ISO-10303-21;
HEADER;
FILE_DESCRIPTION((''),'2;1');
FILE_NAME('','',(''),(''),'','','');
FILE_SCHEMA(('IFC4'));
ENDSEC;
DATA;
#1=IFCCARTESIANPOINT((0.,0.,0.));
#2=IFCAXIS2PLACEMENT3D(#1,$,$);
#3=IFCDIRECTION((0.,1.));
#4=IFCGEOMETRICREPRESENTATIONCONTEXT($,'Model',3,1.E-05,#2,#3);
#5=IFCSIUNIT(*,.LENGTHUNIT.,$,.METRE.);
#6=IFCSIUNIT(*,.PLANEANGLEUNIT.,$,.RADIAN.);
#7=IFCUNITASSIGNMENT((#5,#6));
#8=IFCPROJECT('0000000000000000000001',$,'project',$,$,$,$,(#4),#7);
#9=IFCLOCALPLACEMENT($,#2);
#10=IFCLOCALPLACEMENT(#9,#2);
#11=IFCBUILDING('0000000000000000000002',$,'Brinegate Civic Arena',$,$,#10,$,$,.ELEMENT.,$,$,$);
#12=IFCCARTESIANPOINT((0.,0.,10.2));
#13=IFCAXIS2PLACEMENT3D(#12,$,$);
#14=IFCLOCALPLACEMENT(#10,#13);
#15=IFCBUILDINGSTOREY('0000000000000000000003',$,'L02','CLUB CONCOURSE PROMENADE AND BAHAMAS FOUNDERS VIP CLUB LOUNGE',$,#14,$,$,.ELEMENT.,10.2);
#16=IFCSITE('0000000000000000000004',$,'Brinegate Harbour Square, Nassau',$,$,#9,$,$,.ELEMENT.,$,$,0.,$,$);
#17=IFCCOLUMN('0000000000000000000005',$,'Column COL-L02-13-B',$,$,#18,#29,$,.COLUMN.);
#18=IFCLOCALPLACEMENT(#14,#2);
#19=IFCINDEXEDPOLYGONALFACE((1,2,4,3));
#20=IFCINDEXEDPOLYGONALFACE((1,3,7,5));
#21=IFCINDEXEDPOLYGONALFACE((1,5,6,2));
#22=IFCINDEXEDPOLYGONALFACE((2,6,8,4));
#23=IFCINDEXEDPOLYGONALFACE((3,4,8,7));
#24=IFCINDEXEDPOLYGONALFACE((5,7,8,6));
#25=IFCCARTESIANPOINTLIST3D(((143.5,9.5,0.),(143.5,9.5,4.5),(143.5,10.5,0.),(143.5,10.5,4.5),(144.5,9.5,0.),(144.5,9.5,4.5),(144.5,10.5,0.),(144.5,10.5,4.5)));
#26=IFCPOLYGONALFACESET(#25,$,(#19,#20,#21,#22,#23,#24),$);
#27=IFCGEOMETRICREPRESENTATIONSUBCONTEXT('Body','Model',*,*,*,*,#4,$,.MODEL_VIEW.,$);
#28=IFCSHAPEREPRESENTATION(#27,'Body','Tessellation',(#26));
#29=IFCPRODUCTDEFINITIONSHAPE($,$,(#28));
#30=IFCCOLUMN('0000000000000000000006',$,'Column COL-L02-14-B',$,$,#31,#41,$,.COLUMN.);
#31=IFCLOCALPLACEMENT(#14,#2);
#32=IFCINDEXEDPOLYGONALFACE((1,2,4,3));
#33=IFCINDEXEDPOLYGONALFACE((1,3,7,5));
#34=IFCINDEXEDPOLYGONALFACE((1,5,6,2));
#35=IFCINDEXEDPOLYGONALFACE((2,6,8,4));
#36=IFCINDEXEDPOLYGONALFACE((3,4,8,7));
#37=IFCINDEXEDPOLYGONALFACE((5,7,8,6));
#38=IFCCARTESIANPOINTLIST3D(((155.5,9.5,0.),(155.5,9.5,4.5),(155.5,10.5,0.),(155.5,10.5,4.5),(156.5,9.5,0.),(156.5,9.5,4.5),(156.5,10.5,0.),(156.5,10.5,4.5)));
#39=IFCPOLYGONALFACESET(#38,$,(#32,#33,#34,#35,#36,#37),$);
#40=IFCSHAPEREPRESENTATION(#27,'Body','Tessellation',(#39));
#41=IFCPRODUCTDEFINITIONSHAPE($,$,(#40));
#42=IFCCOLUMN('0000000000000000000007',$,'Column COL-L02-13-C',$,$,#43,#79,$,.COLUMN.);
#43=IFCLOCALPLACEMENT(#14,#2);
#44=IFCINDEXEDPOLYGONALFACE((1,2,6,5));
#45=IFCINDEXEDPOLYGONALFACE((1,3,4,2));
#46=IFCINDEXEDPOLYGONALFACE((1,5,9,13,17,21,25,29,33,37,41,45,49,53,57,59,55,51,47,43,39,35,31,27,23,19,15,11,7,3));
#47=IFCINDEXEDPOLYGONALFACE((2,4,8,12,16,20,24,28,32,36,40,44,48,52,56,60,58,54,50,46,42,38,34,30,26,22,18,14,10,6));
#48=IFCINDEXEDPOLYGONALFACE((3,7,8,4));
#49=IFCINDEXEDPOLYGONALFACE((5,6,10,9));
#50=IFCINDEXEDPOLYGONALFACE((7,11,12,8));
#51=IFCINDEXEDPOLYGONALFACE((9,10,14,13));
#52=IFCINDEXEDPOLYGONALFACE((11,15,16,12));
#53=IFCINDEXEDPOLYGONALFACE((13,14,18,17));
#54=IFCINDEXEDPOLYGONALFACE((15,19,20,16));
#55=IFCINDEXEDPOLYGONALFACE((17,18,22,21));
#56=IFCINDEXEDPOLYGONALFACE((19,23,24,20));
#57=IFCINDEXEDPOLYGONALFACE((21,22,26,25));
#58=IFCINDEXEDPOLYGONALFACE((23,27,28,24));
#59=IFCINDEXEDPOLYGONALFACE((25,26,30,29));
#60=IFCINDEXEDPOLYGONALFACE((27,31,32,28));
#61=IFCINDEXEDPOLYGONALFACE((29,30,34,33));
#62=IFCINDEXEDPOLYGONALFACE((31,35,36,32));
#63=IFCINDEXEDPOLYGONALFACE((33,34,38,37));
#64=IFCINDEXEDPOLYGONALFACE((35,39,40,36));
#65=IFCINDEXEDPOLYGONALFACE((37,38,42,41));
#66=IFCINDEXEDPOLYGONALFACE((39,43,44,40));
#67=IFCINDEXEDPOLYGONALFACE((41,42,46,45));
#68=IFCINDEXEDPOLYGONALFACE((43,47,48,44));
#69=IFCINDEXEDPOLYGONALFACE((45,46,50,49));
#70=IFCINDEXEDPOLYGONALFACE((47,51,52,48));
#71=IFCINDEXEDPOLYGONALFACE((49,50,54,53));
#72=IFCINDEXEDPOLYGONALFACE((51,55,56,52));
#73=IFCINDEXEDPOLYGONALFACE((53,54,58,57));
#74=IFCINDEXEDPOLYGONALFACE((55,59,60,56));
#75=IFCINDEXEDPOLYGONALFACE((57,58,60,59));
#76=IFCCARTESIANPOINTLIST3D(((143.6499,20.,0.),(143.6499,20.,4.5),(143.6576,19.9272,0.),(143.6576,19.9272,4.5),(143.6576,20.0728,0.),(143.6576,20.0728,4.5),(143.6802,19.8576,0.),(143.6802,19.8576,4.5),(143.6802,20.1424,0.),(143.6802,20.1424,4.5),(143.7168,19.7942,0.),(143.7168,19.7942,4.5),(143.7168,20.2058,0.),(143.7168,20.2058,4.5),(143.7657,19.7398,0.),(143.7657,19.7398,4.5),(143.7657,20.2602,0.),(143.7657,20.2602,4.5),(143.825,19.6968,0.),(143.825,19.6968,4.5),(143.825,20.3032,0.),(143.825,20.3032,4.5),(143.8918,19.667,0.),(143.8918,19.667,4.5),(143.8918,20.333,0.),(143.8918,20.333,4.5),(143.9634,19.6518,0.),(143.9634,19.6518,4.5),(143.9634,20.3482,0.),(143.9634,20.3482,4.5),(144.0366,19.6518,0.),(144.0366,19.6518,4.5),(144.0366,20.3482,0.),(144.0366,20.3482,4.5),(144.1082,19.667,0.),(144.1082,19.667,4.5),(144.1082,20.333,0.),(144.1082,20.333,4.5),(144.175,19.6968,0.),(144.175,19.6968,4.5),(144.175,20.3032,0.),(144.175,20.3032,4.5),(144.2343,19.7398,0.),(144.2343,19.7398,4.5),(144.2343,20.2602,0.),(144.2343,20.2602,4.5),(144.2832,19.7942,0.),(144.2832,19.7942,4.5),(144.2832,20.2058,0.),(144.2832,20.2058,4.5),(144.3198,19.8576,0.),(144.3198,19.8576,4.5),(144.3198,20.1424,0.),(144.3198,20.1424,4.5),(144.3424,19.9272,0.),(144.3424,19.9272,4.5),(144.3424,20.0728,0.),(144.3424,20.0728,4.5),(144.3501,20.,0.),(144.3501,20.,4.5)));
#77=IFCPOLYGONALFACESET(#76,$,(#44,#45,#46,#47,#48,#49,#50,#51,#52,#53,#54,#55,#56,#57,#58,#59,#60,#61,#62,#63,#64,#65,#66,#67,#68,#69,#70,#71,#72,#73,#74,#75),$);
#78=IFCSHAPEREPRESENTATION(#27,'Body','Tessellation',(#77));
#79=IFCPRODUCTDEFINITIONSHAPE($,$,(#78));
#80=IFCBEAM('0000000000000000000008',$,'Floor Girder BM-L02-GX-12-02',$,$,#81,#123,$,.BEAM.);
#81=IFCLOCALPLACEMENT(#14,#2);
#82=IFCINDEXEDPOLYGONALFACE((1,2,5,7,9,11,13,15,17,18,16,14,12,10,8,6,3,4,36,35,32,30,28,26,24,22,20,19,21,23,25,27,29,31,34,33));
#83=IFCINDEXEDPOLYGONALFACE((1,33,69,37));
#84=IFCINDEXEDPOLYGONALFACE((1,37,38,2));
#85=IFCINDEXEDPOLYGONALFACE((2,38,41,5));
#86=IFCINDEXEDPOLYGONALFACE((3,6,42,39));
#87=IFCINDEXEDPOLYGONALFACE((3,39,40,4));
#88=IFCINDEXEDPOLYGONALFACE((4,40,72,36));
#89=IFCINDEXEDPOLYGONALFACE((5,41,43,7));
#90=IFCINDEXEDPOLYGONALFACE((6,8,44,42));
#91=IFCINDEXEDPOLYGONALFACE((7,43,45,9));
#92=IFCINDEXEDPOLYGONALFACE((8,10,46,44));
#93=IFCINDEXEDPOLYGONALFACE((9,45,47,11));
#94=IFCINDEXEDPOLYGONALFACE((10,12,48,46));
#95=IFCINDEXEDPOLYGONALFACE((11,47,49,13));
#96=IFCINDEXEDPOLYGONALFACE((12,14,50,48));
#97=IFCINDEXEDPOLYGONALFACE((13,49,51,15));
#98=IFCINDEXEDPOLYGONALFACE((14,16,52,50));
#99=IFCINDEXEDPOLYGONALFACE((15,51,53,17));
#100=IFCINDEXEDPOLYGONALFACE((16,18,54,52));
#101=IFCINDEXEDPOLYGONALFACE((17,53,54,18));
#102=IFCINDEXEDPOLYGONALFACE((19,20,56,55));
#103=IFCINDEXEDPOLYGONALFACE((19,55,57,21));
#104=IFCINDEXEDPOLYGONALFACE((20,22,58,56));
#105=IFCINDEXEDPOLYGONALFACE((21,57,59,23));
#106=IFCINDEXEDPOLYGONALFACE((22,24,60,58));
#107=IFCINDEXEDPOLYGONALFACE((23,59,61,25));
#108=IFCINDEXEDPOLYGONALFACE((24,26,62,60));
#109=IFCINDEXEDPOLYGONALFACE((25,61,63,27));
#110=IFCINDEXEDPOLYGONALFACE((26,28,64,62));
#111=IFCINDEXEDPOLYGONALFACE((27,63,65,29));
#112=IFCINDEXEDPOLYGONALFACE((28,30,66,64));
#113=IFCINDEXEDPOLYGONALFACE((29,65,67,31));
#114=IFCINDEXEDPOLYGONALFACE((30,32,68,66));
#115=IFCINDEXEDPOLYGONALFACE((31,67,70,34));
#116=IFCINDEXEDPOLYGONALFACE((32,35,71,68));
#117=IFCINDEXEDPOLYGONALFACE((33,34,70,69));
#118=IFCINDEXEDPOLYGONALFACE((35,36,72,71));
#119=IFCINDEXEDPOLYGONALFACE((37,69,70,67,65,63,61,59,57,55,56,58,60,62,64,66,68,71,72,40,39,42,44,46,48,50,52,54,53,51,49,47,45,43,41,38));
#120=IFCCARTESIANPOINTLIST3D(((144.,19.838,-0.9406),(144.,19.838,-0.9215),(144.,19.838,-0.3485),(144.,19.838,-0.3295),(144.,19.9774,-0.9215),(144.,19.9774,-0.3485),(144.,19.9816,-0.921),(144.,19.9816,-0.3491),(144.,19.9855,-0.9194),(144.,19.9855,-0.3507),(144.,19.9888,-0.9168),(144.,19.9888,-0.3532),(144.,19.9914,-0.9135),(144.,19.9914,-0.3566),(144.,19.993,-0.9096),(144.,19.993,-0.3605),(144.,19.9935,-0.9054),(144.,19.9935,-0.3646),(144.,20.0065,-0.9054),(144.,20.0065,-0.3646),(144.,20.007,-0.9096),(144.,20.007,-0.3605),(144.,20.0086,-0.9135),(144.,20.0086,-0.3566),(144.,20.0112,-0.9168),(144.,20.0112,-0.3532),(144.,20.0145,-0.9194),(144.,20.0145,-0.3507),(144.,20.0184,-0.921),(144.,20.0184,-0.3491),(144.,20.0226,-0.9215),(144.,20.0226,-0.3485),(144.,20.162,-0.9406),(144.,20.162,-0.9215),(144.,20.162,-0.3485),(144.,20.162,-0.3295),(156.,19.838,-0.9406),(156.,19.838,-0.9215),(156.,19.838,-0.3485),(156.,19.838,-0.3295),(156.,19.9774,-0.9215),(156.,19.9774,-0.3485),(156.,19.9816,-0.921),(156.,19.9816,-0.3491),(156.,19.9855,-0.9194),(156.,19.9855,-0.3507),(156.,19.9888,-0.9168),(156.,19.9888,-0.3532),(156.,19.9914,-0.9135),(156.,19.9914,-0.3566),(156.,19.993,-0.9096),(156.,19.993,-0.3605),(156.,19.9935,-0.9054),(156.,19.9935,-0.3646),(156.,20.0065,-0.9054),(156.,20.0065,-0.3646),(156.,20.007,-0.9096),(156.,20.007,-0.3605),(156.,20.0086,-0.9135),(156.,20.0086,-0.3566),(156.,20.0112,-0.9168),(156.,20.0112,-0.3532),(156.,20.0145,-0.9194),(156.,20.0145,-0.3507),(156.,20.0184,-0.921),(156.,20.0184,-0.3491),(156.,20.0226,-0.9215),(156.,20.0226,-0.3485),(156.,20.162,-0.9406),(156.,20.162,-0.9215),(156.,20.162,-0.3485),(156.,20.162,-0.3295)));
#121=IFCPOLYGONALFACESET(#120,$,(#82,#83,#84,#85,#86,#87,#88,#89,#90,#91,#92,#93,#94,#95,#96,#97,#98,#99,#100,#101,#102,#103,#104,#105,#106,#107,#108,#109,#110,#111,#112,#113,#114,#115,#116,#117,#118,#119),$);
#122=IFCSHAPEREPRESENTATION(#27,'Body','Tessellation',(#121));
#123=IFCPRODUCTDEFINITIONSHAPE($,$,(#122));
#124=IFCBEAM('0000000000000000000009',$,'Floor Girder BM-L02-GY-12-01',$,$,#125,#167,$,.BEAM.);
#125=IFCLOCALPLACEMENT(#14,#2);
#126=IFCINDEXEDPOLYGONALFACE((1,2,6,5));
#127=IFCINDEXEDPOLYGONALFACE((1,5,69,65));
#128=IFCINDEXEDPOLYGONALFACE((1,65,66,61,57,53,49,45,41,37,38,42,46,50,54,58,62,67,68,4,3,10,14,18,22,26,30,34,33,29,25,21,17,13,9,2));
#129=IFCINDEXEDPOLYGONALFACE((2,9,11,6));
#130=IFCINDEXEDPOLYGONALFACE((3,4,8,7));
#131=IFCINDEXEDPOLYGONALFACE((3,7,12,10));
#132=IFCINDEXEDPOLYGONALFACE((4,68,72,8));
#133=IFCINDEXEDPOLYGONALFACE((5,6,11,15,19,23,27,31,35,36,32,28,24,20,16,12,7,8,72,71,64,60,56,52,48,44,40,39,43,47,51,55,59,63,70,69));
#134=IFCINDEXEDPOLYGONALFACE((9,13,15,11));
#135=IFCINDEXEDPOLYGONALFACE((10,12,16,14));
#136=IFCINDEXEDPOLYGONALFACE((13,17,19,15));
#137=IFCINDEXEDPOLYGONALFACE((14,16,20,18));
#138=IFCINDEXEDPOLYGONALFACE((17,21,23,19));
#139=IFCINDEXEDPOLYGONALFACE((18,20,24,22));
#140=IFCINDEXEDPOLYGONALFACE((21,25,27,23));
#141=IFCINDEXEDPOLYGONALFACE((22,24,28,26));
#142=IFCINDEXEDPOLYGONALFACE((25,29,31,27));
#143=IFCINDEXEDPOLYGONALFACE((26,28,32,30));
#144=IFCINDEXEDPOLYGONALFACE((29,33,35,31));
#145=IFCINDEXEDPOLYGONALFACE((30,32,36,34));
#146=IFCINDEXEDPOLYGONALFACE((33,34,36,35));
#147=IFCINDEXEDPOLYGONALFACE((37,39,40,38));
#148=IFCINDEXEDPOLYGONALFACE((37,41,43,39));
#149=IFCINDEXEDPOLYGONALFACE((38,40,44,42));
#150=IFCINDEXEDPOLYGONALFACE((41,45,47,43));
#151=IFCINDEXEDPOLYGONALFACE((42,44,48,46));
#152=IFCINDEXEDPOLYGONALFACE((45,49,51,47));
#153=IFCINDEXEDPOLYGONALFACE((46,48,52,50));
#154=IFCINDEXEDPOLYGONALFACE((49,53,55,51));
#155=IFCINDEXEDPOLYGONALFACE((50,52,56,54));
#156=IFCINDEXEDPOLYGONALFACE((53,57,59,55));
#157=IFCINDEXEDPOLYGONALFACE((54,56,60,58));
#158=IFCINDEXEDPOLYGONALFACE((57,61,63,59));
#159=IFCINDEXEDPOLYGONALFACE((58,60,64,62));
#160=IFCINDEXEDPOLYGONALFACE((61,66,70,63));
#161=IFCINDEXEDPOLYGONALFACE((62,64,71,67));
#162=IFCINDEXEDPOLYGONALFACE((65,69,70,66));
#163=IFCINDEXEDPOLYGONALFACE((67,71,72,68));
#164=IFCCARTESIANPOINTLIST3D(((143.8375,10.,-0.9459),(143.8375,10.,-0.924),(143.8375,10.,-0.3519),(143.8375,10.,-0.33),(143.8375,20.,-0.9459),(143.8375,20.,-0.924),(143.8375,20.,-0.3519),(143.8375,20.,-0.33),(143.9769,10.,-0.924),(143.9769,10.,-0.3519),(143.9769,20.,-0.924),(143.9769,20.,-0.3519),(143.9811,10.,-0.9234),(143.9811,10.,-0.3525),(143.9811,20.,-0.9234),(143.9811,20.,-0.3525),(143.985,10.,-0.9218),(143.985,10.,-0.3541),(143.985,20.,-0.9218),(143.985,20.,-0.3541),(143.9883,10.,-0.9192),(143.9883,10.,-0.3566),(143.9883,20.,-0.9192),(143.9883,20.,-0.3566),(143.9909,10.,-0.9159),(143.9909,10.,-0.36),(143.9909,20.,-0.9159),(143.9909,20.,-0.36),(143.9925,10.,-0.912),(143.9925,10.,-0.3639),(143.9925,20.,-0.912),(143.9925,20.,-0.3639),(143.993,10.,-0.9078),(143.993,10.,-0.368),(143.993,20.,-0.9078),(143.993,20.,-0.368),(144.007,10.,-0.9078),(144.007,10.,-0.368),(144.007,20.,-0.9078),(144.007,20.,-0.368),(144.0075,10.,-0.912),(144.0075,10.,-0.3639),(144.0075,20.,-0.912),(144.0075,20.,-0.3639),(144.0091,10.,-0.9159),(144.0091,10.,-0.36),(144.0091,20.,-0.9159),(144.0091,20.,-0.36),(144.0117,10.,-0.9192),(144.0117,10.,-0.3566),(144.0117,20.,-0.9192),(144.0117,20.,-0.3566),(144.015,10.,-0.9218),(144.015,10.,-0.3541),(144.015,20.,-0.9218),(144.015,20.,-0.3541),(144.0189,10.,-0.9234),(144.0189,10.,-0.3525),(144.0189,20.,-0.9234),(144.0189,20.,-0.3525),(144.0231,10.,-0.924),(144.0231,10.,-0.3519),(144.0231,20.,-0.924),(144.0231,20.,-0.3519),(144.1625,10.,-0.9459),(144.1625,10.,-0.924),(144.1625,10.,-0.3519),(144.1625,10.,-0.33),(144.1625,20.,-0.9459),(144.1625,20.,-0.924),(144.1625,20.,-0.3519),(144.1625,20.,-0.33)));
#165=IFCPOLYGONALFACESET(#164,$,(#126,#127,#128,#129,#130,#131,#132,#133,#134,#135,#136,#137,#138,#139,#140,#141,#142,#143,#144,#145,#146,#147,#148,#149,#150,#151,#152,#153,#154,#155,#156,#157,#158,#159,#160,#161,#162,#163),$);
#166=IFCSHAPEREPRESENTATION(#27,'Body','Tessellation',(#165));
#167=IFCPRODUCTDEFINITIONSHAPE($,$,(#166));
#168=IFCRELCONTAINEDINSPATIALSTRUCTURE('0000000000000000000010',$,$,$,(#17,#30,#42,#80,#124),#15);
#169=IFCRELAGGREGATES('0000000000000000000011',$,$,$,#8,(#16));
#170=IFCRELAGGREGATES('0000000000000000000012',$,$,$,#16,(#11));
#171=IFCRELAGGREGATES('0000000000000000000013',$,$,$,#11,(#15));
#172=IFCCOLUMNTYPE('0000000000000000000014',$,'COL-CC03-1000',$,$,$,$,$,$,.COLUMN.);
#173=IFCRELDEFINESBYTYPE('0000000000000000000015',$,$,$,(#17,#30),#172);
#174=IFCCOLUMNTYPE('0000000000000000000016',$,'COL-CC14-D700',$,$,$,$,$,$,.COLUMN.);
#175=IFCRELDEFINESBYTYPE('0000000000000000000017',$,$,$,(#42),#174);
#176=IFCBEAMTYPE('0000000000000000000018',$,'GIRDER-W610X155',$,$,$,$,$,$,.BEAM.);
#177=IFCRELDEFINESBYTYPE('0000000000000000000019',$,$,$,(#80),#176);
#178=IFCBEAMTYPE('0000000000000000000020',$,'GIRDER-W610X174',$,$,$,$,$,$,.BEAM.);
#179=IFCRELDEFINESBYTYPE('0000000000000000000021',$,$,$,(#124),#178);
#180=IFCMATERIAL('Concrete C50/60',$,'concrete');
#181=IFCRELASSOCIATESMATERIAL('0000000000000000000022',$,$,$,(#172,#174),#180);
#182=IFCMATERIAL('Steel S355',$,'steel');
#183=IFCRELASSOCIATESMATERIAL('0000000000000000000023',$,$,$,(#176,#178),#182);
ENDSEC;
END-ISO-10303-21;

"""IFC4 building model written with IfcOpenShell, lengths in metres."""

from ifc_helpers import new_model, si_unit, direction, frame, origin, origin_2d, place, context, subcontext, project, spatial, rectangle, circle, i_section, extrude, material, material_profile, profile_set, type_object, element, save


model = new_model("IFC4")

# Units and contexts
model_context = context("Model", 3, precision=1e-05, world=origin(), true_north=direction((0.0, 1.0)))
body_context = subcontext(model_context, "Body", "Model", "MODEL_VIEW")
ifc_project = project(units=[si_unit("LENGTHUNIT", "METRE"), si_unit("PLANEANGLEUNIT", "RADIAN")], contexts=[model_context])

# Site, building, storey
site_placement = place(None, origin())
site = spatial("IfcSite", under=ifc_project, at=site_placement, Name="Brinegate Harbour Square, Nassau", CompositionType="ELEMENT", RefElevation=0.0)
building_placement = place(site_placement, origin())
building = spatial("IfcBuilding", under=site, at=building_placement, Name="Brinegate Civic Arena", CompositionType="ELEMENT")
storey_placement = place(building_placement, frame((0.0, 0.0, 10.2)))
storey = spatial("IfcBuildingStorey", under=building, at=storey_placement, Name="L02", Description="CLUB CONCOURSE PROMENADE AND BAHAMAS FOUNDERS VIP CLUB LOUNGE", CompositionType="ELEMENT", Elevation=10.2)

# Columns
ifc_material_1 = material(Name="Concrete C50/60", Category="concrete")
ifc_material_profile_1 = material_profile(ifc_material_1, rectangle(XDim=1.0, YDim=1.0, at=origin_2d()), Name="RC1000X1000")
ifc_profile_set_1 = profile_set([ifc_material_profile_1], Name="Concrete C50/60")
column_type_1 = type_object("IfcColumnType", Name="COL-CC03-1000", PredefinedType="COLUMN", material=ifc_profile_set_1)
for number, where, z_axis, x_axis, name in (
    (1, (144.0, 10.0, 0.0), (0.0, 0.0, 1.0), (1.0, 0.0, 0.0), "Column COL-L02-13-B"),
    (2, (156.0, 10.0, 0.0), (0.0, 0.0, 1.0), (1.0, 0.0, 0.0), "Column COL-L02-14-B"),
):
    element("IfcColumn", number, at=place(storey_placement, frame(where, z_axis=z_axis, x_axis=x_axis)), inside=storey, type_object=column_type_1, Name=name, PredefinedType="COLUMN", context=body_context, shape_type="SweptSolid", body=[
        extrude(rectangle(XDim=1.0, YDim=1.0, at=origin_2d()), origin(), (0.0, 0.0, 1.0), 4.5),
    ])
ifc_material_profile_2 = material_profile(ifc_material_1, circle(Radius=0.3501, at=origin_2d()), Name="RCD700")
ifc_profile_set_2 = profile_set([ifc_material_profile_2], Name="Concrete C50/60")
column_type_2 = type_object("IfcColumnType", Name="COL-CC14-D700", PredefinedType="COLUMN", material=ifc_profile_set_2)
column_placement = place(storey_placement, frame((144.0, 20.0, 0.0), z_axis=(0.0, 0.0, 1.0), x_axis=(1.0, 0.0, 0.0)))
element("IfcColumn", 3, at=column_placement, inside=storey, type_object=column_type_2, Name="Column COL-L02-13-C", PredefinedType="COLUMN", context=body_context, shape_type="SweptSolid", body=[
    extrude(circle(Radius=0.3501, at=origin_2d()), origin(), (0.0, 0.0, 1.0), 4.5),
])

# Beams
ifc_material_2 = material(Name="Steel S355", Category="steel")
ifc_material_profile_3 = material_profile(ifc_material_2, i_section(OverallWidth=0.324, OverallDepth=0.6111, WebThickness=0.0129, FlangeThickness=0.019, FilletRadius=0.0161, at=origin_2d()), Name="W610X155")
ifc_profile_set_3 = profile_set([ifc_material_profile_3], Name="Steel S355")
beam_type_1 = type_object("IfcBeamType", Name="GIRDER-W610X155", PredefinedType="BEAM", material=ifc_profile_set_3)
beam_1_placement = place(storey_placement, frame((144.0, 20.0, -0.635), z_axis=(1.0, 0.0, 0.0), x_axis=(0.0, 1.0, 0.0)))
element("IfcBeam", 4, at=beam_1_placement, inside=storey, type_object=beam_type_1, Name="Floor Girder BM-L02-GX-12-02", PredefinedType="BEAM", context=body_context, shape_type="SweptSolid", body=[
    extrude(i_section(OverallWidth=0.324, OverallDepth=0.6111, WebThickness=0.0129, FlangeThickness=0.019, FilletRadius=0.0161, at=origin_2d()), origin(), (0.0, 0.0, 1.0), 12.0),
])
ifc_material_profile_4 = material_profile(ifc_material_2, i_section(OverallWidth=0.325, OverallDepth=0.616, WebThickness=0.0139, FlangeThickness=0.022, FilletRadius=0.0161, at=origin_2d()), Name="W610X174")
ifc_profile_set_4 = profile_set([ifc_material_profile_4], Name="Steel S355")
beam_type_2 = type_object("IfcBeamType", Name="GIRDER-W610X174", PredefinedType="BEAM", material=ifc_profile_set_4)
beam_2_placement = place(storey_placement, frame((144.0, 10.0, -0.6379), z_axis=(0.0, 1.0, 0.0), x_axis=(-1.0, 0.0, 0.0)))
element("IfcBeam", 5, at=beam_2_placement, inside=storey, type_object=beam_type_2, Name="Floor Girder BM-L02-GY-12-01", PredefinedType="BEAM", context=body_context, shape_type="SweptSolid", body=[
    extrude(i_section(OverallWidth=0.325, OverallDepth=0.616, WebThickness=0.0139, FlangeThickness=0.022, FilletRadius=0.0161, at=origin_2d()), origin(), (0.0, 0.0, 1.0), 10.0),
])

save(model, "model.ifc")
